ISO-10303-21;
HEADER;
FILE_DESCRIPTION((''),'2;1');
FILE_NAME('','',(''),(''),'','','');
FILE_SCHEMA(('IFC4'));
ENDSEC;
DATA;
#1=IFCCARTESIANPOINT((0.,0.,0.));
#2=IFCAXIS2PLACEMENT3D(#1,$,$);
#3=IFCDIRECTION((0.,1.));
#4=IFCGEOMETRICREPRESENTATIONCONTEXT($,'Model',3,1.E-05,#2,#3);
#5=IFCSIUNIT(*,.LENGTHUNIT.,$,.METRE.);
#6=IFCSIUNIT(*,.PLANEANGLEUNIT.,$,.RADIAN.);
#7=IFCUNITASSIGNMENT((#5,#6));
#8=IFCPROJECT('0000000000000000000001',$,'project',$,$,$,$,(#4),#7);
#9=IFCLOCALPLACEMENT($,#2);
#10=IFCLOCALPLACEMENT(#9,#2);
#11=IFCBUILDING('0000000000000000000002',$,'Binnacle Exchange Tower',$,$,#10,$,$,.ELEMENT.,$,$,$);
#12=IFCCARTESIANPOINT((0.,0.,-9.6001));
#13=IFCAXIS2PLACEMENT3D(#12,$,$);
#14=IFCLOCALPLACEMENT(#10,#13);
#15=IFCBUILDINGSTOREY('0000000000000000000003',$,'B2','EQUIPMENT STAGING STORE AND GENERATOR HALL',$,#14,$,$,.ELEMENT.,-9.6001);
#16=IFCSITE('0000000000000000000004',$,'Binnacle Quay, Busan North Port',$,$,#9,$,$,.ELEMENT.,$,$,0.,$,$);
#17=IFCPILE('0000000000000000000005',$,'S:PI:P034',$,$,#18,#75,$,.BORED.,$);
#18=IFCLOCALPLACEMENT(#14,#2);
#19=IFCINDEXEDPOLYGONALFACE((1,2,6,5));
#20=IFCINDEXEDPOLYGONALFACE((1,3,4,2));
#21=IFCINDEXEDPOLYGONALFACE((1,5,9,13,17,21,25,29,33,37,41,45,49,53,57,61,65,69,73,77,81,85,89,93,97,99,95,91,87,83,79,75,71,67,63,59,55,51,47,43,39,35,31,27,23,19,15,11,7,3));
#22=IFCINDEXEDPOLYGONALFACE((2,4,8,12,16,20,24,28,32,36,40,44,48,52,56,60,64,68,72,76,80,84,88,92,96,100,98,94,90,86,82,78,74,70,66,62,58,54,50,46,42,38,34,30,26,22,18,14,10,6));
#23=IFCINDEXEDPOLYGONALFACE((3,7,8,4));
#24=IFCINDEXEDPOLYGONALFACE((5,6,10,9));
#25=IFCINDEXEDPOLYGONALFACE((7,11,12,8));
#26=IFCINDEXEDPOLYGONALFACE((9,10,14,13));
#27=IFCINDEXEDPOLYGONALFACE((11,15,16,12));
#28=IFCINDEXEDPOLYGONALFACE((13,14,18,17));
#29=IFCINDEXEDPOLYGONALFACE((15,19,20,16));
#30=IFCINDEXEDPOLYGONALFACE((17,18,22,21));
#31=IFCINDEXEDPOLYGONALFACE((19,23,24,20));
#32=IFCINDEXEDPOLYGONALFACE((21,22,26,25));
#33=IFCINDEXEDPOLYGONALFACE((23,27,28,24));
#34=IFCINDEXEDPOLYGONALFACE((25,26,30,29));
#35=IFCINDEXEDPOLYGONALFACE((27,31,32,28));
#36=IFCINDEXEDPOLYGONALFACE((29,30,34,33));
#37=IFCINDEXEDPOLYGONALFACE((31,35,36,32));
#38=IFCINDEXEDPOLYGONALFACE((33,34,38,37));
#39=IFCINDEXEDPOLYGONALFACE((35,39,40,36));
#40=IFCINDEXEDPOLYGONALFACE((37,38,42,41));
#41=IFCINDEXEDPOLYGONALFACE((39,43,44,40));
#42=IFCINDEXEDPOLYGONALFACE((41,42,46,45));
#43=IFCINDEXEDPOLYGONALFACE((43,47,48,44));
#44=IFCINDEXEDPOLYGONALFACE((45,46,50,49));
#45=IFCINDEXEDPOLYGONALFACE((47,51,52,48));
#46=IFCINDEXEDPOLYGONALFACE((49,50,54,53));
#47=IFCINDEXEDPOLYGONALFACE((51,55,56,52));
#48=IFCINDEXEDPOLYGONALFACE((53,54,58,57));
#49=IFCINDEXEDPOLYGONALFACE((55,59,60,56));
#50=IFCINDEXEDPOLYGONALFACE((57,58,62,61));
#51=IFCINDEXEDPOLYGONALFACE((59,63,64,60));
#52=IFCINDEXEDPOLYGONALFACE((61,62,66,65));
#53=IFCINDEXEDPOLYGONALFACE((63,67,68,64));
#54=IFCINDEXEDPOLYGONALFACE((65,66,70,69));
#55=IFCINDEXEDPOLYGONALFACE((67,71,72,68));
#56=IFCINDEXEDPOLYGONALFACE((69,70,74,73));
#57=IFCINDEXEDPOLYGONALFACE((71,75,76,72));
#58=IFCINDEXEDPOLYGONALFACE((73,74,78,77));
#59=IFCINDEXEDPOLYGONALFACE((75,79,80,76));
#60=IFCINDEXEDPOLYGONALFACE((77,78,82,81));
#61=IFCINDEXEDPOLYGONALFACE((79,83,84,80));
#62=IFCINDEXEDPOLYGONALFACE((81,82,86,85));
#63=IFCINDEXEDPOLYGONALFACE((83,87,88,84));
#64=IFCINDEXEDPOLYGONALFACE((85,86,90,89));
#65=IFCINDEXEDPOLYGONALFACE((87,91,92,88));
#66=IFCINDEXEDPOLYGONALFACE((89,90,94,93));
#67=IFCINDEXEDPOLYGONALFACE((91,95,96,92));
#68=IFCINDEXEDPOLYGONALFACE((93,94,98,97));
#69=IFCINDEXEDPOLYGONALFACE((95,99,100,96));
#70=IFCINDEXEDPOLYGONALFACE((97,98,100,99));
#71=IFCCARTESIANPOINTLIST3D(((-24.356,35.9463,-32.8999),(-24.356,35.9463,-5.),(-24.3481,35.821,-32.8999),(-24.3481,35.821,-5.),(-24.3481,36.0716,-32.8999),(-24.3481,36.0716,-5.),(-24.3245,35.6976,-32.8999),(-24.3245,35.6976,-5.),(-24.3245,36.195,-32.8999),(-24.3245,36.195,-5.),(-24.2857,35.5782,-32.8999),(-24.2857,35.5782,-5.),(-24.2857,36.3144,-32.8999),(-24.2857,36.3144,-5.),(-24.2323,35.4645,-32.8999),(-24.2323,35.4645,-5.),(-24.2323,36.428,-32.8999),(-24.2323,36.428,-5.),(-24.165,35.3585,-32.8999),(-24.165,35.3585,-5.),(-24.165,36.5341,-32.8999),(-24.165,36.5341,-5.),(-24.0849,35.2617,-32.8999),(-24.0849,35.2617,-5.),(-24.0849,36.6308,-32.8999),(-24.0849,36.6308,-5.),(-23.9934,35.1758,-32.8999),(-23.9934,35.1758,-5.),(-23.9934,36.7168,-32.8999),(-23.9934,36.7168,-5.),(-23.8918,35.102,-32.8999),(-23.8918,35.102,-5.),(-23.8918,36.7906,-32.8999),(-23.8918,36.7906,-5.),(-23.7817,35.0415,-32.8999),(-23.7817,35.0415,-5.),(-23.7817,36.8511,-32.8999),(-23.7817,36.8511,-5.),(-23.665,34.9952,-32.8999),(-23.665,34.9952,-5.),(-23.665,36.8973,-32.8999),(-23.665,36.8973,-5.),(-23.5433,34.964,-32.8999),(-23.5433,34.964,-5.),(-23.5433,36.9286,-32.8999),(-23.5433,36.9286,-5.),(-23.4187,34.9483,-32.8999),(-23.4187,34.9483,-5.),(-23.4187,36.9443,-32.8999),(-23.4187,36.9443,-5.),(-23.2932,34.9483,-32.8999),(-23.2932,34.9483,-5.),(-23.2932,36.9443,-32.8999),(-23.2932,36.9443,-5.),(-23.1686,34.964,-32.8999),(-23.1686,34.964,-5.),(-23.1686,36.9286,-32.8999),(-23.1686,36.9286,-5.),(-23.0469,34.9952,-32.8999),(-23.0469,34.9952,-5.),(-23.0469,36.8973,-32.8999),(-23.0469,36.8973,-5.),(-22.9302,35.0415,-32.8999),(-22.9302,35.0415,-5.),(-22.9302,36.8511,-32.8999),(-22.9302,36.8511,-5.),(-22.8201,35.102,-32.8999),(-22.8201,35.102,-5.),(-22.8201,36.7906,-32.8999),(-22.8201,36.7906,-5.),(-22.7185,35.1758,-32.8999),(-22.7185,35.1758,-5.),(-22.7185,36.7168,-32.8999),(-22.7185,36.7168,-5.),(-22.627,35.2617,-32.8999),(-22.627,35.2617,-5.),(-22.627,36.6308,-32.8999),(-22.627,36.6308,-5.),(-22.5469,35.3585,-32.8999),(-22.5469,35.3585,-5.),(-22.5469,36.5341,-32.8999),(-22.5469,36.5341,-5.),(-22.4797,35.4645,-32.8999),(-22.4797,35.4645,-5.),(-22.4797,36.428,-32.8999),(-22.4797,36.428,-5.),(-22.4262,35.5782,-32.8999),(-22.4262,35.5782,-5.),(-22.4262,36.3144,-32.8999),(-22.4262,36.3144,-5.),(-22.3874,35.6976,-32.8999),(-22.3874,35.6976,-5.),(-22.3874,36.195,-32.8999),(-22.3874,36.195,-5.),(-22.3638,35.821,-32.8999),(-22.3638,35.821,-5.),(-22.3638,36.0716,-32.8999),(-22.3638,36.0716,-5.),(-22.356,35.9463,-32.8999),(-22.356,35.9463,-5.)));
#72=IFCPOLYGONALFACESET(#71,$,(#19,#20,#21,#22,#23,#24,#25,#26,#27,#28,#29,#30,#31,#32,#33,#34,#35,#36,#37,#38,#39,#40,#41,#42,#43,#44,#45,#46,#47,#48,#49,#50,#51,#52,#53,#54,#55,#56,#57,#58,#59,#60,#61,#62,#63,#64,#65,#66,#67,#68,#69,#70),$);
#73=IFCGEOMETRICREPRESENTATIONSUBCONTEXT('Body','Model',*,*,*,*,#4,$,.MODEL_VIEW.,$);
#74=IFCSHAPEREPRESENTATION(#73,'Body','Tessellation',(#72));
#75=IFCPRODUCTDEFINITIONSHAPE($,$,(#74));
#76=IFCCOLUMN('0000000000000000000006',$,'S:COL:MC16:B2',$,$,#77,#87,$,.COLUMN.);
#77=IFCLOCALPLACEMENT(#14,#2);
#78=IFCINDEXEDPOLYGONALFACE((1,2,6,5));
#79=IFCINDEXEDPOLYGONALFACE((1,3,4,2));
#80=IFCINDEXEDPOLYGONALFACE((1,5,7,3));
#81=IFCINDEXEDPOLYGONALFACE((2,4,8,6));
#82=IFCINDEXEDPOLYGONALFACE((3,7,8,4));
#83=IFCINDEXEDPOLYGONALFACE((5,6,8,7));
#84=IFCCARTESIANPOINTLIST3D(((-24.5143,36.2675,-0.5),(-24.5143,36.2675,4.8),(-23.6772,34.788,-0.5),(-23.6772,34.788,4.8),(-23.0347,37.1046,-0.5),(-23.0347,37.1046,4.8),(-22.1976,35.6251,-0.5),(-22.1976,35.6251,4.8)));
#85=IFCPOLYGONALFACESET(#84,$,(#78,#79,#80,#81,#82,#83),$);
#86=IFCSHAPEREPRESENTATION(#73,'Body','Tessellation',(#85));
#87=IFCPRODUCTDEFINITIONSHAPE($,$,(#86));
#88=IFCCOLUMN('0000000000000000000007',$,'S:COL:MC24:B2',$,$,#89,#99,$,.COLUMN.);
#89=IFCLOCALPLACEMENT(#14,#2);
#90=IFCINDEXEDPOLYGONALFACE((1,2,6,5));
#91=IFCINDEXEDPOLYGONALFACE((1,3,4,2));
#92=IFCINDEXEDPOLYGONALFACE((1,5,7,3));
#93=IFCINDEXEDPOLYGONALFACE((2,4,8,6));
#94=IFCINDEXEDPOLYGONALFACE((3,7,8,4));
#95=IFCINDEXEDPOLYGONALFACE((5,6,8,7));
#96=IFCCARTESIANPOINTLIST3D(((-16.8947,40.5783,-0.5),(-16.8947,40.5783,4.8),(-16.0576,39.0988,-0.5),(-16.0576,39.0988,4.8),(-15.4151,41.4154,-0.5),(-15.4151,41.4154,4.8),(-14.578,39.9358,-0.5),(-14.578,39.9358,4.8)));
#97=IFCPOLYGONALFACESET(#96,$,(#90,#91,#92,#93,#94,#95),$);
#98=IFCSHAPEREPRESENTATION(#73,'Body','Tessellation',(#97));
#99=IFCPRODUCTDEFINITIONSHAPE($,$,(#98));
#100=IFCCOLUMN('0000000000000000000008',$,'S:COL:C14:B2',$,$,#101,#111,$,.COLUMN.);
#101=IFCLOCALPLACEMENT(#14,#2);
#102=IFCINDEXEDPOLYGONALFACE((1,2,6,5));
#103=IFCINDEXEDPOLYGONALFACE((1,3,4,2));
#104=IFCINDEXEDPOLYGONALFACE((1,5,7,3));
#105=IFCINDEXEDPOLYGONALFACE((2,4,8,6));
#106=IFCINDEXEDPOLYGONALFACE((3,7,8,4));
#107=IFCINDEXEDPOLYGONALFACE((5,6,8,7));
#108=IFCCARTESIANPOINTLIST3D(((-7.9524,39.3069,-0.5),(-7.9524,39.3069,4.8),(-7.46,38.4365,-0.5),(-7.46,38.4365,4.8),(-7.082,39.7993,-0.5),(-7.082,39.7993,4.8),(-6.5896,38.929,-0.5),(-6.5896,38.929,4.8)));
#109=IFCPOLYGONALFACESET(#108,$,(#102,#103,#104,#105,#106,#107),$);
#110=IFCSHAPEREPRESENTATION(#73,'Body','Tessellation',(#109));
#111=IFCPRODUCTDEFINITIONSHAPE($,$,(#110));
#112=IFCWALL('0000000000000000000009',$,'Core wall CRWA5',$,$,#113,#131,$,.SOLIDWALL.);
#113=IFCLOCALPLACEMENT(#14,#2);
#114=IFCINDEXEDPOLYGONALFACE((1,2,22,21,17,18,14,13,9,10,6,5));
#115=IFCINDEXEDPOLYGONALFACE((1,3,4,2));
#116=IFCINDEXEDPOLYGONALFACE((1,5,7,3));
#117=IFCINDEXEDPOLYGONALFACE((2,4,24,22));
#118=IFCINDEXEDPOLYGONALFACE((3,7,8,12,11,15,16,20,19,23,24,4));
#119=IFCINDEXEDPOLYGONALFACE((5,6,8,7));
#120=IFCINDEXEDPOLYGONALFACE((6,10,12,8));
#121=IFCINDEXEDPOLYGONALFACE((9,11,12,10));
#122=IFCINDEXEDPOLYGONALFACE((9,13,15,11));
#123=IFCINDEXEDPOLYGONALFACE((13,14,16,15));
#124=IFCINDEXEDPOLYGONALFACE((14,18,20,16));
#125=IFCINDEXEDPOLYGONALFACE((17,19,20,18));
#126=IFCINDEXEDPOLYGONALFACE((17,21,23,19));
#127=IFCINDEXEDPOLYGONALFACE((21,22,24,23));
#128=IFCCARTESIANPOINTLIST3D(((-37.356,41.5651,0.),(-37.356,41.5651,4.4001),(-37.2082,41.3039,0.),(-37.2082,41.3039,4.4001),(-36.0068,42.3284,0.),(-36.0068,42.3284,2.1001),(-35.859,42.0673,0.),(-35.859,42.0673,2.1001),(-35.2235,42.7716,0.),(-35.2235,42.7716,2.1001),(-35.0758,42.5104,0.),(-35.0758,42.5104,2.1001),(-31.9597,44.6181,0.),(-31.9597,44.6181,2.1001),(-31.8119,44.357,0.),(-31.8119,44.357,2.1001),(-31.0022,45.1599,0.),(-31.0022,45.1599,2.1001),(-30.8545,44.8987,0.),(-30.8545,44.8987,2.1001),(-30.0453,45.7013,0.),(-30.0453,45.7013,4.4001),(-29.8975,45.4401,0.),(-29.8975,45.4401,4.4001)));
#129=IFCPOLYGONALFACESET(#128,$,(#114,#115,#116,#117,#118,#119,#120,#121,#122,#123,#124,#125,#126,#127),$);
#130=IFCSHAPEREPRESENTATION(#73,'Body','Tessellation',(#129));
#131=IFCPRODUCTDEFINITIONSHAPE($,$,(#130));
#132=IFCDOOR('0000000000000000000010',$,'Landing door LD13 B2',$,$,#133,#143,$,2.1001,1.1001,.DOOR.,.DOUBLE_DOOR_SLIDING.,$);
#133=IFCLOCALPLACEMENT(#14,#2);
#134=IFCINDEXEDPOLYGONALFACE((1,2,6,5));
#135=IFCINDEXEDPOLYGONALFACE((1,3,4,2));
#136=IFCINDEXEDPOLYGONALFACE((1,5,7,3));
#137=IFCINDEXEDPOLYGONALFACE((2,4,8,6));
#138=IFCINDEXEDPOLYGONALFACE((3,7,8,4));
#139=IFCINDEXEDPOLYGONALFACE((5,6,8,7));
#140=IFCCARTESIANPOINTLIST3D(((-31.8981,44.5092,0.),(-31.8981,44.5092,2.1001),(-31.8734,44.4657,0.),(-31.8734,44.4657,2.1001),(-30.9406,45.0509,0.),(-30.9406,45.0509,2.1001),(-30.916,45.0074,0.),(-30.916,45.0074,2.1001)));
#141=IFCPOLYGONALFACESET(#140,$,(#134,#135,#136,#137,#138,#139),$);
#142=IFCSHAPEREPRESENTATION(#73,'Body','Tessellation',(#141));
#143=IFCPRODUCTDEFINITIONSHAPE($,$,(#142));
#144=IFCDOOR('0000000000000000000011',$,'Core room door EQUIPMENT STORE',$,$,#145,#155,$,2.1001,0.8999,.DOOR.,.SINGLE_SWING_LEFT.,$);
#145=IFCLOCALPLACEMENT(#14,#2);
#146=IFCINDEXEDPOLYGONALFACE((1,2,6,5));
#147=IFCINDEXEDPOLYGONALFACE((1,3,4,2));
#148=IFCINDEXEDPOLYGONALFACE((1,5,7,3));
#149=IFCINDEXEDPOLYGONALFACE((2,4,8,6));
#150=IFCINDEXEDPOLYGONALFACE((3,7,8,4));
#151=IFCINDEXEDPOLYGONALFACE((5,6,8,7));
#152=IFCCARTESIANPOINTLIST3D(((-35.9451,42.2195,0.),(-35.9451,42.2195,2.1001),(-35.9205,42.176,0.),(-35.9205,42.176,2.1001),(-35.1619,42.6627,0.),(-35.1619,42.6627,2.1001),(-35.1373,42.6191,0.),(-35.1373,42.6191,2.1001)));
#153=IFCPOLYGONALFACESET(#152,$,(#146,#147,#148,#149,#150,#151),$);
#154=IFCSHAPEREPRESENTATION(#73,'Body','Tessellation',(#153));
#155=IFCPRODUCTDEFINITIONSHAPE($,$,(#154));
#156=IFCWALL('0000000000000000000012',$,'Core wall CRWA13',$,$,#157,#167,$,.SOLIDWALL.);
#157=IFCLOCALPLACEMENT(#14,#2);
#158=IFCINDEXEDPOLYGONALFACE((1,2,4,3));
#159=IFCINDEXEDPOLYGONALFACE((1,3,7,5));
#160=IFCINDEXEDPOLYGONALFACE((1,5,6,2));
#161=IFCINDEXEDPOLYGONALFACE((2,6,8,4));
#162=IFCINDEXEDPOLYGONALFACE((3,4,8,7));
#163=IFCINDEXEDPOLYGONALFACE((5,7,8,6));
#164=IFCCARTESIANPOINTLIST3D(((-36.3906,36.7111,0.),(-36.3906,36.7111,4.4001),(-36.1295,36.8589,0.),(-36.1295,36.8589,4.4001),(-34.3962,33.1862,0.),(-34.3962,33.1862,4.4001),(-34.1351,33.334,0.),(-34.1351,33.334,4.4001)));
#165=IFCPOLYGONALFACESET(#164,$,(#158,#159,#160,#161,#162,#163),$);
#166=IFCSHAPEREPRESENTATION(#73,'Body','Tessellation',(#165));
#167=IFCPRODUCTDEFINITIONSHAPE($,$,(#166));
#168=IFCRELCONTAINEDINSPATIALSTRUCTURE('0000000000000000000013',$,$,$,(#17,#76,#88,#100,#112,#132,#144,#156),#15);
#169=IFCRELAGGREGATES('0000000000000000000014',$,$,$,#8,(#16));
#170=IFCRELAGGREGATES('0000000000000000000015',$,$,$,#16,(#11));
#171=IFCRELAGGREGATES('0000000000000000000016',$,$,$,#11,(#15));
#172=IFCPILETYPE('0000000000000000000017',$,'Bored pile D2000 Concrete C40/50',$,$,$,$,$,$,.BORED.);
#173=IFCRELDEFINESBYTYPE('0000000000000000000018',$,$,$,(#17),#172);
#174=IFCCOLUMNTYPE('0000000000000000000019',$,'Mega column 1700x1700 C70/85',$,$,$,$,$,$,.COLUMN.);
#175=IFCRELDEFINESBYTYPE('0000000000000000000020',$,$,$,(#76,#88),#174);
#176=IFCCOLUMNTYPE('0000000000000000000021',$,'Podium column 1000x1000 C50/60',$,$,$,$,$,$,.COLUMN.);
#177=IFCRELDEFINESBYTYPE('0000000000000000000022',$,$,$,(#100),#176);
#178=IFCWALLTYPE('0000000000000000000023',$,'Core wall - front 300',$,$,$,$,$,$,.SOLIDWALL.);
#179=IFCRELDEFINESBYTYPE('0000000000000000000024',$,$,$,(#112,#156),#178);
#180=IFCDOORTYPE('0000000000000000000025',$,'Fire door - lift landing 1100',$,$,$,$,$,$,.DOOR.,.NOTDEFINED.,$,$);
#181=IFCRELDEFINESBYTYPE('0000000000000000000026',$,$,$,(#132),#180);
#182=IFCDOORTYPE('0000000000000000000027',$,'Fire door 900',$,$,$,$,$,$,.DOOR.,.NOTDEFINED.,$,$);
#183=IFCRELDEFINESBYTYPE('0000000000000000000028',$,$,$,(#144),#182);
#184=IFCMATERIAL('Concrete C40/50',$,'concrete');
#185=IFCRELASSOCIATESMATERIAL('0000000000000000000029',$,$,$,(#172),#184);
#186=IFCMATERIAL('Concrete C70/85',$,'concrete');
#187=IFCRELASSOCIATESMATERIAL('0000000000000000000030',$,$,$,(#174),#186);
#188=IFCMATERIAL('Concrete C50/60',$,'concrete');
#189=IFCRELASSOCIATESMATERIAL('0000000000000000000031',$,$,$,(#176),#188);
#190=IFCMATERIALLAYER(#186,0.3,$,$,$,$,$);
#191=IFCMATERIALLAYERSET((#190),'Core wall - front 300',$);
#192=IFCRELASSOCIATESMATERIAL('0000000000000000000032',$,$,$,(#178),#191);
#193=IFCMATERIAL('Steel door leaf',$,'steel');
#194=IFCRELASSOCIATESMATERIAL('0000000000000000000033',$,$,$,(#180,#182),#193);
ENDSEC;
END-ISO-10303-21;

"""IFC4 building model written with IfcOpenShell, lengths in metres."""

from ifc_helpers import new_model, si_unit, direction, frame, frame_2d, origin, origin_2d, place, context, subcontext, project, spatial, rectangle, circle, extrude, material, layer, layer_set, material_profile, profile_set, type_object, element, fill, save


model = new_model("IFC4")

# Units and contexts
model_context = context("Model", 3, precision=1e-05, world=origin(), true_north=direction((0.0, 1.0)))
body_context = subcontext(model_context, "Body", "Model", "MODEL_VIEW")
ifc_project = project(units=[si_unit("LENGTHUNIT", "METRE"), si_unit("PLANEANGLEUNIT", "RADIAN")], contexts=[model_context])

# Site, building, storey
site_placement = place(None, origin())
site = spatial("IfcSite", under=ifc_project, at=site_placement, Name="Binnacle Quay, Busan North Port", CompositionType="ELEMENT", RefElevation=0.0)
building_placement = place(site_placement, origin())
building = spatial("IfcBuilding", under=site, at=building_placement, Name="Binnacle Exchange Tower", CompositionType="ELEMENT")
storey_placement = place(building_placement, frame((0.0, 0.0, -9.6001)))
storey = spatial("IfcBuildingStorey", under=building, at=storey_placement, Name="B2", Description="EQUIPMENT STAGING STORE AND GENERATOR HALL", CompositionType="ELEMENT", Elevation=-9.6001)

# Pile
ifc_material_1 = material(Name="Concrete C40/50", Category="concrete")
ifc_material_profile_1 = material_profile(ifc_material_1, circle(Radius=1.0, at=origin_2d()), Name="Bored pile D2000")
ifc_profile_set_1 = profile_set([ifc_material_profile_1], Name="Concrete C40/50")
pile_type = type_object("IfcPileType", Name="Bored pile D2000 Concrete C40/50", PredefinedType="BORED", material=ifc_profile_set_1)
for number, where, z_axis, x_axis, name in (
    (1, (-23.356, 35.9463, -5.0), (0.0, 0.0, -1.0), (1.0, 0.0, 0.0), "S:PI:P034"),
):
    element("IfcPile", number, at=place(storey_placement, frame(where, z_axis=z_axis, x_axis=x_axis)), inside=storey, type_object=pile_type, Name=name, PredefinedType="BORED", context=body_context, shape_type="SweptSolid", body=[
        extrude(circle(Radius=1.0, at=origin_2d()), origin(), (0.0, 0.0, 1.0), 27.8999),
    ])

# Columns
ifc_material_2 = material(Name="Concrete C70/85", Category="concrete")
ifc_material_profile_2 = material_profile(ifc_material_2, rectangle(XDim=1.7, YDim=1.7, at=origin_2d()), Name="Mega column 1700x1700 C70/85")
ifc_profile_set_2 = profile_set([ifc_material_profile_2], Name="Concrete C70/85")
column_type_1 = type_object("IfcColumnType", Name="Mega column 1700x1700 C70/85", PredefinedType="COLUMN", material=ifc_profile_set_2)
for number, where, z_axis, x_axis, name in (
    (2, (-23.356, 35.9463, -0.5), (0.0, 0.0, 1.0), (0.870356, 0.492424, 0.0), "S:COL:MC16:B2"),
    (3, (-15.7363, 40.2571, -0.5), (0.0, 0.0, 1.0), (0.870356, 0.492424, 0.0), "S:COL:MC24:B2"),
):
    element("IfcColumn", number, at=place(storey_placement, frame(where, z_axis=z_axis, x_axis=x_axis)), inside=storey, type_object=column_type_1, Name=name, PredefinedType="COLUMN", context=body_context, shape_type="SweptSolid", body=[
        extrude(rectangle(XDim=1.7, YDim=1.7, at=origin_2d()), origin(), (0.0, 0.0, 1.0), 5.3),
    ])
ifc_material_3 = material(Name="Concrete C50/60", Category="concrete")
ifc_material_profile_3 = material_profile(ifc_material_3, rectangle(XDim=1.0, YDim=1.0, at=origin_2d()), Name="Podium column 1000x1000 C50/60")
ifc_profile_set_3 = profile_set([ifc_material_profile_3], Name="Concrete C50/60")
column_type_2 = type_object("IfcColumnType", Name="Podium column 1000x1000 C50/60", PredefinedType="COLUMN", material=ifc_profile_set_3)
column_placement = place(storey_placement, frame((-7.271, 39.1179, -0.5), z_axis=(0.0, 0.0, 1.0), x_axis=(0.870356, 0.492424, 0.0)))
element("IfcColumn", 4, at=column_placement, inside=storey, type_object=column_type_2, Name="S:COL:C14:B2", PredefinedType="COLUMN", context=body_context, shape_type="SweptSolid", body=[
    extrude(rectangle(XDim=1.0, YDim=1.0, at=origin_2d()), origin(), (0.0, 0.0, 1.0), 5.3),
])

# Wall, openings, doors
ifc_layer_1 = layer(ifc_material_2, 0.3)
ifc_layer_set_1 = layer_set([ifc_layer_1], Name="Core wall - front 300")
wall_type_1 = type_object("IfcWallType", Name="Core wall - front 300", PredefinedType="SOLIDWALL", material=ifc_layer_set_1)
wall_1_placement = place(storey_placement, frame((-37.282, 41.4346, 0.0), z_axis=(0.0, 0.0, 1.0), x_axis=(0.870357, 0.492422, 0.0)))
wall_1 = element("IfcWall", 5, at=wall_1_placement, inside=storey, type_object=wall_type_1, Name="Core wall CRWA5", PredefinedType="SOLIDWALL", context=body_context, shape_type="SweptSolid", body=[
    extrude(rectangle(XDim=8.3997, YDim=0.3, at=frame_2d((4.1997, 0.0))), origin(), (0.0, 0.0, 1.0), 4.4001),
])
opening_1_placement = place(wall_1_placement, frame((6.2, 0.0, 0.0)))
opening_1 = element("IfcOpeningElement", 6, at=opening_1_placement, cuts=wall_1, PredefinedType="OPENING", context=body_context, shape_type="SweptSolid", body=[
    extrude(rectangle(XDim=1.1001, YDim=2.1001, at=frame_2d((0.55, 1.05))), frame((0.0, 0.1599, 0.0), z_axis=(0.0, -1.0, 0.0), x_axis=(1.0, 0.0, 0.0)), (0.0, 0.0, 1.0), 0.3201),
])
opening_2_placement = place(wall_1_placement, frame((1.55, 0.0, 0.0)))
opening_2 = element("IfcOpeningElement", 7, at=opening_2_placement, cuts=wall_1, PredefinedType="OPENING", context=body_context, shape_type="SweptSolid", body=[
    extrude(rectangle(XDim=0.8999, YDim=2.1001, at=frame_2d((0.45, 1.05))), frame((0.0, 0.1599, 0.0), z_axis=(0.0, -1.0, 0.0), x_axis=(1.0, 0.0, 0.0)), (0.0, 0.0, 1.0), 0.3201),
])
ifc_material_4 = material(Name="Steel door leaf", Category="steel")
door_type_1 = type_object("IfcDoorType", Name="Fire door - lift landing 1100", OperationType="NOTDEFINED", PredefinedType="DOOR", material=ifc_material_4)
door_1_placement = place(opening_1_placement, origin())
door_1 = element("IfcDoor", 8, at=door_1_placement, inside=storey, type_object=door_type_1, Name="Landing door LD13 B2", OperationType="DOUBLE_DOOR_SLIDING", OverallHeight=2.1001, OverallWidth=1.1001, PredefinedType="DOOR", context=body_context, shape_type="SweptSolid", body=[
    extrude(rectangle(XDim=1.1001, YDim=2.1001, at=frame_2d((0.55, 1.05))), frame((0.0, 0.0249, 0.0), z_axis=(0.0, -1.0, 0.0), x_axis=(1.0, 0.0, 0.0)), (0.0, 0.0, 1.0), 0.05),
])
fill(opening_1, door_1)
door_type_2 = type_object("IfcDoorType", Name="Fire door 900", OperationType="NOTDEFINED", PredefinedType="DOOR", material=ifc_material_4)
door_2_placement = place(opening_2_placement, origin())
door_2 = element("IfcDoor", 9, at=door_2_placement, inside=storey, type_object=door_type_2, Name="Core room door EQUIPMENT STORE", OperationType="SINGLE_SWING_LEFT", OverallHeight=2.1001, OverallWidth=0.8999, PredefinedType="DOOR", context=body_context, shape_type="SweptSolid", body=[
    extrude(rectangle(XDim=0.8999, YDim=2.1001, at=frame_2d((0.45, 1.05))), frame((0.0, 0.0249, 0.0), z_axis=(0.0, -1.0, 0.0), x_axis=(1.0, 0.0, 0.0)), (0.0, 0.0, 1.0), 0.05),
])
fill(opening_2, door_2)

# Wall
wall_2_placement = place(storey_placement, frame((-36.26, 36.7849, 0.0), z_axis=(0.0, 0.0, 1.0), x_axis=(0.492441, -0.870346, 0.0)))
element("IfcWall", 10, at=wall_2_placement, inside=storey, type_object=wall_type_1, Name="Core wall CRWA13", PredefinedType="SOLIDWALL", context=body_context, shape_type="SweptSolid", body=[
    extrude(rectangle(XDim=4.05, YDim=0.3, at=frame_2d((2.0249, 0.0))), origin(), (0.0, 0.0, 1.0), 4.4001),
])

save(model, "model.ifc")
